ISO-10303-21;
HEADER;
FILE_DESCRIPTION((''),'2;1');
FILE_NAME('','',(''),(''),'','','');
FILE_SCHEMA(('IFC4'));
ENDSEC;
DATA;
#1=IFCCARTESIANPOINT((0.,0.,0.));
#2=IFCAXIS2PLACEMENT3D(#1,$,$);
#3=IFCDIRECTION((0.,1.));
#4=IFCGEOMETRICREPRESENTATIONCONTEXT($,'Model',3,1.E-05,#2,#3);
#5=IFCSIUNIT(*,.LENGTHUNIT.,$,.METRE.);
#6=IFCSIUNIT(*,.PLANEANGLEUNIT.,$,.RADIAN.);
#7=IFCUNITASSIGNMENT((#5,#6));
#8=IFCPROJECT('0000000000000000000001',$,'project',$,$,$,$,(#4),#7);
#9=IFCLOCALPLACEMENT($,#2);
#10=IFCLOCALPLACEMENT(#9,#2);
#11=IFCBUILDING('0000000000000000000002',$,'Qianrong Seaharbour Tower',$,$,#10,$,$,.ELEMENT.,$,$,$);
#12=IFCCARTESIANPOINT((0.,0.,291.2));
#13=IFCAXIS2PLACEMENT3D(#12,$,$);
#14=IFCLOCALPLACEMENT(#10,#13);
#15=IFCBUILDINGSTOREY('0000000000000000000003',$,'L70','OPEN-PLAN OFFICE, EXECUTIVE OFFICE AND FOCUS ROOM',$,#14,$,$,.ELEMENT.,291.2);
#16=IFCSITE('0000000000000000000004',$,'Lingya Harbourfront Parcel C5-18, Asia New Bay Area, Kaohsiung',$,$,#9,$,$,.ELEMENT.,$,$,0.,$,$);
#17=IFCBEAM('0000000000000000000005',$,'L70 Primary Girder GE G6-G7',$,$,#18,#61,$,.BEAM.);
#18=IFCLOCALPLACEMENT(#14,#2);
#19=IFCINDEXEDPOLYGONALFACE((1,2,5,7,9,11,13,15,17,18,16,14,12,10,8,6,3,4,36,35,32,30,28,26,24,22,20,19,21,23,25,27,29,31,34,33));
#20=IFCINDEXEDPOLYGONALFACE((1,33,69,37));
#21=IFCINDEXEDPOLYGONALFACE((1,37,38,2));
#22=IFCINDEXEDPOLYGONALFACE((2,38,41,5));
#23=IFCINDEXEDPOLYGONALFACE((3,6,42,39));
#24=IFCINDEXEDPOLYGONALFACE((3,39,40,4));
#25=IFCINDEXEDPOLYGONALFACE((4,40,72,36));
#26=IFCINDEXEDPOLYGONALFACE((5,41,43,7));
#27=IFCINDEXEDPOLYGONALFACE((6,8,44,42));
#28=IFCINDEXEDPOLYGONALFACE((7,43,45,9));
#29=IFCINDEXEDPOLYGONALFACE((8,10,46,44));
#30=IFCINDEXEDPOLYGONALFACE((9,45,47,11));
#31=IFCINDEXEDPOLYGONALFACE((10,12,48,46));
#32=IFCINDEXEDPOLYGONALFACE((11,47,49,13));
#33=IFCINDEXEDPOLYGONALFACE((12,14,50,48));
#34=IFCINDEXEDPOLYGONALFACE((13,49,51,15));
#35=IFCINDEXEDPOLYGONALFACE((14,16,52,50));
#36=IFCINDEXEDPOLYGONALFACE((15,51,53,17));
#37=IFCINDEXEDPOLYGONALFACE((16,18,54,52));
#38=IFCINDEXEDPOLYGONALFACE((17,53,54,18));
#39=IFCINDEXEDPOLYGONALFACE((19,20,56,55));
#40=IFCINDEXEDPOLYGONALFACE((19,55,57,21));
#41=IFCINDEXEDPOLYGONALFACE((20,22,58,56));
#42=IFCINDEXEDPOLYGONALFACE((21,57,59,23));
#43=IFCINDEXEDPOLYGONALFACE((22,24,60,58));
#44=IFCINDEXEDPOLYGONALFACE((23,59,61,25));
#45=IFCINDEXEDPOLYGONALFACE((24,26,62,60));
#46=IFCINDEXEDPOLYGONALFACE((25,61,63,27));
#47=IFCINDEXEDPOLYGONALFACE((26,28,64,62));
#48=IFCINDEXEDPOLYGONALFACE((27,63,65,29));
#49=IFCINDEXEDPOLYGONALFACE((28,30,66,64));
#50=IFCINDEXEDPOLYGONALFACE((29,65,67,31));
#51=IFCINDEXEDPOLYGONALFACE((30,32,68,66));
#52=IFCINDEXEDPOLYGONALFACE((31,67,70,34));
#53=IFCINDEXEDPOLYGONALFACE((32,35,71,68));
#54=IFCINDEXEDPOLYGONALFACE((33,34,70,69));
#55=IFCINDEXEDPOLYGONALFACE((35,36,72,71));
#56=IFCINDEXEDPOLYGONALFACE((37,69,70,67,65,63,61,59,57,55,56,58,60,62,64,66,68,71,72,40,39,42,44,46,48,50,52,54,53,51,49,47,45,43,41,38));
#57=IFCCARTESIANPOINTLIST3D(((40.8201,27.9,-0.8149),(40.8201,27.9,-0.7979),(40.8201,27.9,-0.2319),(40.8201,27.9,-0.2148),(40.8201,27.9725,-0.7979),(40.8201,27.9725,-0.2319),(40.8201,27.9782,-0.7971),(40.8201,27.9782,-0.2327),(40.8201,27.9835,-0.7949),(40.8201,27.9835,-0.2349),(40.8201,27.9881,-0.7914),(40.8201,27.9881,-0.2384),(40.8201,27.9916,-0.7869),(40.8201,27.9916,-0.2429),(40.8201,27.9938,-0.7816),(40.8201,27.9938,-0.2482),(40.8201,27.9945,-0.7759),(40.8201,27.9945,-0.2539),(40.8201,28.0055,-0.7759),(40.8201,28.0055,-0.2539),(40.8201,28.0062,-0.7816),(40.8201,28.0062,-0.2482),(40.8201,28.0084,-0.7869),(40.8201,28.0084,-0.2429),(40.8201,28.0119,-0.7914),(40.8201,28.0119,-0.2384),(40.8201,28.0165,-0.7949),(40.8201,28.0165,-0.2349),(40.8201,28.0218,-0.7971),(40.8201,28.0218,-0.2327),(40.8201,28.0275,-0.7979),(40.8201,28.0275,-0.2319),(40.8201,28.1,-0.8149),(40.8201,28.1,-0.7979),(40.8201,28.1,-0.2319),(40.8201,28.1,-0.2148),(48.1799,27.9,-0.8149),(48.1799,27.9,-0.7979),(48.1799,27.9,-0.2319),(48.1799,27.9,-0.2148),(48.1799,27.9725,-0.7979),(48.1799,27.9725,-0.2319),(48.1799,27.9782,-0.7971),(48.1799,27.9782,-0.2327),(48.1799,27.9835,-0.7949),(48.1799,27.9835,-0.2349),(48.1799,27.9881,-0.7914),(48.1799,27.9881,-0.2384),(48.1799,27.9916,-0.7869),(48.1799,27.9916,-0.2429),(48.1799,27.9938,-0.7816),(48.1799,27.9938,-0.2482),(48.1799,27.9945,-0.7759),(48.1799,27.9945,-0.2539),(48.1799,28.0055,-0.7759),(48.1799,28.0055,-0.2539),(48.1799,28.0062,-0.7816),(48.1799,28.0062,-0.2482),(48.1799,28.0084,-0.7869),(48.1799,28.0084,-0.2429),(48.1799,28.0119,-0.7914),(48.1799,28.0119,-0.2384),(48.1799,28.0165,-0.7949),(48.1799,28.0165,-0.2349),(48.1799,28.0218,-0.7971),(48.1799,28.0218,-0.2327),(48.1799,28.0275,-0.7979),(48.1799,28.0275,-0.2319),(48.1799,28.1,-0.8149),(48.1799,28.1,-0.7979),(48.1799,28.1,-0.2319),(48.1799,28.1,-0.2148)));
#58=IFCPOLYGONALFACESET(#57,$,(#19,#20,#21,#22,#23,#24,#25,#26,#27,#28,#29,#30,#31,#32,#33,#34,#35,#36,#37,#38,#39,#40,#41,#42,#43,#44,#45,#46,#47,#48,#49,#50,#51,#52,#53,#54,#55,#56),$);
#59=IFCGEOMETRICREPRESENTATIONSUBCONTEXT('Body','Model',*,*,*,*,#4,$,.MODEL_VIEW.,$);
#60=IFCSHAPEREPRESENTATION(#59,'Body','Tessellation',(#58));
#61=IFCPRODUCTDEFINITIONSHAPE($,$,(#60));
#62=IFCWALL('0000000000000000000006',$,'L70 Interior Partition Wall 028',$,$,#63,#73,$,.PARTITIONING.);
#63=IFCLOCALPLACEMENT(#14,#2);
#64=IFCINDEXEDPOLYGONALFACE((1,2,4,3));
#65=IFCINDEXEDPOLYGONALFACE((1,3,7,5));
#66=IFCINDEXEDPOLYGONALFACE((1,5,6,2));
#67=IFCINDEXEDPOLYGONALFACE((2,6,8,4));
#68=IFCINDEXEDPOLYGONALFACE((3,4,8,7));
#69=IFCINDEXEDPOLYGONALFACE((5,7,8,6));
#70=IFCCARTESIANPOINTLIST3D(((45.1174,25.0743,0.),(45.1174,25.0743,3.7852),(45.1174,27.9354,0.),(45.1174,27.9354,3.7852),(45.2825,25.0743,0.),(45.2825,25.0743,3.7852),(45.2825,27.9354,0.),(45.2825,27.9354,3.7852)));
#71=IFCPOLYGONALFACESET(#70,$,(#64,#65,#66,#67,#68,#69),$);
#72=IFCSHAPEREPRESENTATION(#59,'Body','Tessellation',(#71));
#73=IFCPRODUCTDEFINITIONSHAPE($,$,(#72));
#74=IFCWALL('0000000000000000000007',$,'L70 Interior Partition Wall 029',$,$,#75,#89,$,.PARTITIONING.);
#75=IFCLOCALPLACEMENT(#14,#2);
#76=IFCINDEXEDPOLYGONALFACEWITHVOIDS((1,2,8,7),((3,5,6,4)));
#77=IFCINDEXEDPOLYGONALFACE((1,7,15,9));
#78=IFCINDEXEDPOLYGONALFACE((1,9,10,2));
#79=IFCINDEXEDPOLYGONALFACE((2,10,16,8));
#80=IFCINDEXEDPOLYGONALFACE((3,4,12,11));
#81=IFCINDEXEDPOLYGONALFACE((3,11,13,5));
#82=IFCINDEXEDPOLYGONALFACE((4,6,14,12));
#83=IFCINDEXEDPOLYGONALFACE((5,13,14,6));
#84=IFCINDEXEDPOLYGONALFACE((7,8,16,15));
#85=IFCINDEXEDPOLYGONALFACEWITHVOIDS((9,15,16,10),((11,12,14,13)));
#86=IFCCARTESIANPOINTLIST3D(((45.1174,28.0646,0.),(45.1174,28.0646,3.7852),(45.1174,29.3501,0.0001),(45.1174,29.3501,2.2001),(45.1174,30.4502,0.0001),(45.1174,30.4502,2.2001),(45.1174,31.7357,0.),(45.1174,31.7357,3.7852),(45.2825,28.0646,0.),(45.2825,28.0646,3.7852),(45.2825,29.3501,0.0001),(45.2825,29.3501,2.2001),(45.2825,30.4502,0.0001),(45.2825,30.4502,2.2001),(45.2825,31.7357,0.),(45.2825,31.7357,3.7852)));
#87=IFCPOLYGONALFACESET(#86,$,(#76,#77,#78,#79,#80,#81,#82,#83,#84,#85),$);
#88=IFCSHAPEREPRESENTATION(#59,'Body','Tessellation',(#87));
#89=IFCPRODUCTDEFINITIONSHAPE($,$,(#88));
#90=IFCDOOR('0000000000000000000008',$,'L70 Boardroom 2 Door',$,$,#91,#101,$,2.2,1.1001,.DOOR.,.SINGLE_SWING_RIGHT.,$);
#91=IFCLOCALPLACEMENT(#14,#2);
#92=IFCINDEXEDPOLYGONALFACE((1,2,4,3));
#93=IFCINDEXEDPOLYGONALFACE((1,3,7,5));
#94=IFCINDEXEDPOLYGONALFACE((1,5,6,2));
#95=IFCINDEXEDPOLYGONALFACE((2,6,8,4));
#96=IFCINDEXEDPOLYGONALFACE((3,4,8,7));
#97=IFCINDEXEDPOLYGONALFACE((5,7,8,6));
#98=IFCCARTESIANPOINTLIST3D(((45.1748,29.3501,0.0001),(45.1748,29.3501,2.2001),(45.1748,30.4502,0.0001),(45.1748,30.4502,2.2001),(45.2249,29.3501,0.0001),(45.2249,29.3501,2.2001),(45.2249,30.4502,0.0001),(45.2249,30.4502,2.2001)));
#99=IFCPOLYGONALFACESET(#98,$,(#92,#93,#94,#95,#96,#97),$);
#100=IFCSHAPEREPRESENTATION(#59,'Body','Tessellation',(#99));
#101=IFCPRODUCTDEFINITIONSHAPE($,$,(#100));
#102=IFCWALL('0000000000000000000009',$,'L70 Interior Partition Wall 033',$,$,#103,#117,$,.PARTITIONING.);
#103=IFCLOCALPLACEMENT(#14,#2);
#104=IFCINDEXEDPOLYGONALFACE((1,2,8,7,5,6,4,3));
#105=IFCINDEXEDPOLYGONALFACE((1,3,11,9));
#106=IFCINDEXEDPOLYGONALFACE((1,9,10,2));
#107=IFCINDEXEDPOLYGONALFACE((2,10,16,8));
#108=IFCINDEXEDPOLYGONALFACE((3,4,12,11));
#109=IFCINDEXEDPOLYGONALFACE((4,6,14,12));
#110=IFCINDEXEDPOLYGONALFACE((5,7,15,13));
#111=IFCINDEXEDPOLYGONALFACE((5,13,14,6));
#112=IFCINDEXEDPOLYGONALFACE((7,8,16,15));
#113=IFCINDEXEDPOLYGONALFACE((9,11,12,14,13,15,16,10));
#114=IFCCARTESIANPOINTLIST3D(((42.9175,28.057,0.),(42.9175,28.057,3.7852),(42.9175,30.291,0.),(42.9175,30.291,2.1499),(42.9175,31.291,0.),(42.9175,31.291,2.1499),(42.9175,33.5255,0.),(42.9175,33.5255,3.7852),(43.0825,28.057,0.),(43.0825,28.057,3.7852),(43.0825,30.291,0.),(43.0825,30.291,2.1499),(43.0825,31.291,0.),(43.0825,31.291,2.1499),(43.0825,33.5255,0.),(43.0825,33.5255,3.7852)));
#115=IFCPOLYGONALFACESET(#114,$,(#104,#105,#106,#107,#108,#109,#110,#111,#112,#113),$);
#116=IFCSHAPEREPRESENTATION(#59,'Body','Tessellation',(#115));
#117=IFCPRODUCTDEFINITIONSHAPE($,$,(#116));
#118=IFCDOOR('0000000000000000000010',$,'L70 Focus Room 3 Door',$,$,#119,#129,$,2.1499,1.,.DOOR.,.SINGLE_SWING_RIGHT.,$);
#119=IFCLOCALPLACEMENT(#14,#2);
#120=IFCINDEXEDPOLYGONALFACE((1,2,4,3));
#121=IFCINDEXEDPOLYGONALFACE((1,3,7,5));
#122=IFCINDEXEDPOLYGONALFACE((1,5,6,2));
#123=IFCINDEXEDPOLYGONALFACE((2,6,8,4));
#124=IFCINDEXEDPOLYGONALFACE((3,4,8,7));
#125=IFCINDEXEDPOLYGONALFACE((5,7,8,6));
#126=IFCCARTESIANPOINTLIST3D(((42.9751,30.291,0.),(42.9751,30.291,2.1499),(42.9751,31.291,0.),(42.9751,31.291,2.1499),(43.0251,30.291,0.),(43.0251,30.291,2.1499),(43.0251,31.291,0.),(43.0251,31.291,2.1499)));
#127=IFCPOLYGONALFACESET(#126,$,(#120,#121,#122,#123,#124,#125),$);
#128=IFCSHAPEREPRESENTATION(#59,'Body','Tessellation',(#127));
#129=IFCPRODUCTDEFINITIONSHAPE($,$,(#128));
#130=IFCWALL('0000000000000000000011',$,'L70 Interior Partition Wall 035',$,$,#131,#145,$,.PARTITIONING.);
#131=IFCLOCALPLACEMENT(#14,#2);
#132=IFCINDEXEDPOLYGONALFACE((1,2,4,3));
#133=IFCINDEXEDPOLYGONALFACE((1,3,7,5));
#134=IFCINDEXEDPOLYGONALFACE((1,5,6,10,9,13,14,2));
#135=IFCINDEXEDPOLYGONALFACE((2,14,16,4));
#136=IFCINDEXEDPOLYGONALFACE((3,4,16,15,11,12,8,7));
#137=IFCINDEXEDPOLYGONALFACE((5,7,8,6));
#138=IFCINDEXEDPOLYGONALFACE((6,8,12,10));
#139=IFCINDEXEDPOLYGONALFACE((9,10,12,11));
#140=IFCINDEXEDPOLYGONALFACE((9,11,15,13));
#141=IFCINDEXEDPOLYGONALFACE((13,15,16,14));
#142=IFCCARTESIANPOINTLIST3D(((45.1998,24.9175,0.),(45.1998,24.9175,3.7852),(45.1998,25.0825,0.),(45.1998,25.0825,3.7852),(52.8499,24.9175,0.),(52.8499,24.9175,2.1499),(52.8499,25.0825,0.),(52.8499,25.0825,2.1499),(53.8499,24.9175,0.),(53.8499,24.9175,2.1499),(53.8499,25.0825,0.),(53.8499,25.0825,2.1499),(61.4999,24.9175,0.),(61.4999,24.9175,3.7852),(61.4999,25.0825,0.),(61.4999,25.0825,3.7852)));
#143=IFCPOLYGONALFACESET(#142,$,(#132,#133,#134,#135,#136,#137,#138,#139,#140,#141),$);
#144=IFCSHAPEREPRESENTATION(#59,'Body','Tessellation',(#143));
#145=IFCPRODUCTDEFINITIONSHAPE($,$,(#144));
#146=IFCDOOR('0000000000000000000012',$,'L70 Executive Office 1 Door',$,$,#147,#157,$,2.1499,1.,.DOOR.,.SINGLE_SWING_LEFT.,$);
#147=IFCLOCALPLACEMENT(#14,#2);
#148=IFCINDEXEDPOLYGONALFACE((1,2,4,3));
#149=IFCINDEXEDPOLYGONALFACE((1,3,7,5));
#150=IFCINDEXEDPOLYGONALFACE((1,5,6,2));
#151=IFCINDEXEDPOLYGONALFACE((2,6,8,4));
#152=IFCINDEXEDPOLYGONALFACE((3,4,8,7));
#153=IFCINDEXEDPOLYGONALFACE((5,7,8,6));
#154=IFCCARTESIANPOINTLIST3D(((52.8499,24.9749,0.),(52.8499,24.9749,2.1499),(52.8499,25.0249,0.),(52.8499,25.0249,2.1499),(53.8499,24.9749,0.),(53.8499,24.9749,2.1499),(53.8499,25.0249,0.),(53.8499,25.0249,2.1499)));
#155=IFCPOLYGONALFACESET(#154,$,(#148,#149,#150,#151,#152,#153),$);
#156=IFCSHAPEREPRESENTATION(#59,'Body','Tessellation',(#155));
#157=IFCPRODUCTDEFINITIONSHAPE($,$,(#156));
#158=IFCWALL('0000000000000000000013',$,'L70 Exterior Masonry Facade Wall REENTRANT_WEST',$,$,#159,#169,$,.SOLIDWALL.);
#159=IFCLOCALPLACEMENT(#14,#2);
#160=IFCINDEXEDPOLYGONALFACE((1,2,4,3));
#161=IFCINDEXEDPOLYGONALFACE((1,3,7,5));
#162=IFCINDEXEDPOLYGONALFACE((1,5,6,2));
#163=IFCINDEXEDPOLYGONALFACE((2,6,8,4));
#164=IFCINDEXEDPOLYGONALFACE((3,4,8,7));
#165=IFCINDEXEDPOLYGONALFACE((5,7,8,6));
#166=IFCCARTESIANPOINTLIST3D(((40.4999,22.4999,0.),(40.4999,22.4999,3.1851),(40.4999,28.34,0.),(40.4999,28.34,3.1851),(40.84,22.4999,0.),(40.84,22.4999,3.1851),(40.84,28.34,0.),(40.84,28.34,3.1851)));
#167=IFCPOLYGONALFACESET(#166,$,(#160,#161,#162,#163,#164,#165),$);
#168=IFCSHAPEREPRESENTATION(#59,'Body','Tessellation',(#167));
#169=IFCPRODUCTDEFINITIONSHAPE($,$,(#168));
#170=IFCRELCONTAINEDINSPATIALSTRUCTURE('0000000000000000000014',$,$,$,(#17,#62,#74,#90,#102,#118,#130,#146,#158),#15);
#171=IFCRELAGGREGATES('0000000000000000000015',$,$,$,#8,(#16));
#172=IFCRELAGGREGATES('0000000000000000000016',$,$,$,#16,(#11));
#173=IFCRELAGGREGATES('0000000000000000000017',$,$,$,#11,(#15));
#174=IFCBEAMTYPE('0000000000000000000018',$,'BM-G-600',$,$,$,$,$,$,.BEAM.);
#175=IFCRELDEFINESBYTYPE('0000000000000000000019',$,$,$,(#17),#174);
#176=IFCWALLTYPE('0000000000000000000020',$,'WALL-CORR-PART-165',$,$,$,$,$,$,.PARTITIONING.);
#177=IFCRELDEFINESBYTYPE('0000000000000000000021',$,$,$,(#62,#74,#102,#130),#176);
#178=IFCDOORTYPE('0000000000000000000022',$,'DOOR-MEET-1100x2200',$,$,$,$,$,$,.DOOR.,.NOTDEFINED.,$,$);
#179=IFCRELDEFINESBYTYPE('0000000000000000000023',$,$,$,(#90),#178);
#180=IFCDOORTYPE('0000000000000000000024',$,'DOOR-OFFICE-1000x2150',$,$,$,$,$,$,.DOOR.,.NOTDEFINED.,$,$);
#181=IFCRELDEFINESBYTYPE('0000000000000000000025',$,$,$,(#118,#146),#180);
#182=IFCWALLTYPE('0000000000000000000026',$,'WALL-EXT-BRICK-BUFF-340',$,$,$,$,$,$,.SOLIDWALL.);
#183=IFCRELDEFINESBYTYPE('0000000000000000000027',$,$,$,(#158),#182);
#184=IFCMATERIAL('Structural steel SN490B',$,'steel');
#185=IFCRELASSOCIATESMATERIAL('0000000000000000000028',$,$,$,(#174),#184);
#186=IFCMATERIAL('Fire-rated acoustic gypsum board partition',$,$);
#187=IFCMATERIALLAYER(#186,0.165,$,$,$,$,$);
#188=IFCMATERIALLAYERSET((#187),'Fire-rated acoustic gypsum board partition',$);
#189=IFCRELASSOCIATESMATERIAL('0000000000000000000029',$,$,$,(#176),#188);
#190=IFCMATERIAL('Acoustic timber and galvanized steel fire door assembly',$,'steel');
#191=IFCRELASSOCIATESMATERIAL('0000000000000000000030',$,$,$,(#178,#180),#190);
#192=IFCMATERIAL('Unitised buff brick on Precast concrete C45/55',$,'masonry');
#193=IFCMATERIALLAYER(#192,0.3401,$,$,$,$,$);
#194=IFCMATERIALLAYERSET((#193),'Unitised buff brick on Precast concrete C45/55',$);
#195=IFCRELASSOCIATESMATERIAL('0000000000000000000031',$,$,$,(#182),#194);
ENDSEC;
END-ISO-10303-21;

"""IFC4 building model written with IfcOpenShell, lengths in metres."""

from ifc_helpers import new_model, si_unit, direction, frame, frame_2d, origin, origin_2d, place, context, subcontext, project, spatial, rectangle, i_section, extrude, material, layer, layer_set, material_profile, profile_set, type_object, element, fill, save


model = new_model("IFC4")

# Units and contexts
model_context = context("Model", 3, precision=1e-05, world=origin(), true_north=direction((0.0, 1.0)))
body_context = subcontext(model_context, "Body", "Model", "MODEL_VIEW")
ifc_project = project(units=[si_unit("LENGTHUNIT", "METRE"), si_unit("PLANEANGLEUNIT", "RADIAN")], contexts=[model_context])

# Site, building, storey
site_placement = place(None, origin())
site = spatial("IfcSite", under=ifc_project, at=site_placement, Name="Lingya Harbourfront Parcel C5-18, Asia New Bay Area, Kaohsiung", CompositionType="ELEMENT", RefElevation=0.0)
building_placement = place(site_placement, origin())
building = spatial("IfcBuilding", under=site, at=building_placement, Name="Qianrong Seaharbour Tower", CompositionType="ELEMENT")
storey_placement = place(building_placement, frame((0.0, 0.0, 291.2)))
storey = spatial("IfcBuildingStorey", under=building, at=storey_placement, Name="L70", Description="OPEN-PLAN OFFICE, EXECUTIVE OFFICE AND FOCUS ROOM", CompositionType="ELEMENT", Elevation=291.2)

# Beam
ifc_material_1 = material(Name="Structural steel SN490B", Category="steel")
ifc_material_profile = material_profile(ifc_material_1, i_section(OverallWidth=0.2, OverallDepth=0.6001, WebThickness=0.011, FlangeThickness=0.0171, FilletRadius=0.022, at=origin_2d()), Name="H600x200x11x17")
ifc_profile_set = profile_set([ifc_material_profile], Name="Structural steel SN490B")
beam_type = type_object("IfcBeamType", Name="BM-G-600", PredefinedType="BEAM", material=ifc_profile_set)
beam_placement = place(storey_placement, frame((40.8201, 28.0, -0.5149), z_axis=(1.0, 0.0, 0.0), x_axis=(0.0, 1.0, 0.0)))
element("IfcBeam", 1, at=beam_placement, inside=storey, type_object=beam_type, Name="L70 Primary Girder GE G6-G7", PredefinedType="BEAM", context=body_context, shape_type="SweptSolid", body=[
    extrude(i_section(OverallWidth=0.2, OverallDepth=0.6001, WebThickness=0.011, FlangeThickness=0.0171, FilletRadius=0.022, at=origin_2d()), origin(), (0.0, 0.0, 1.0), 7.3599),
])

# Wall
ifc_material_2 = material(Name="Fire-rated acoustic gypsum board partition")
ifc_layer_1 = layer(ifc_material_2, 0.165)
ifc_layer_set_1 = layer_set([ifc_layer_1], Name="Fire-rated acoustic gypsum board partition")
wall_type_1 = type_object("IfcWallType", Name="WALL-CORR-PART-165", PredefinedType="PARTITIONING", material=ifc_layer_set_1)
wall_1_placement = place(storey_placement, frame((45.2, 27.9355, 0.0), z_axis=(0.0, 0.0, 1.0), x_axis=(0.0, -1.0, 0.0)))
element("IfcWall", 2, at=wall_1_placement, inside=storey, type_object=wall_type_1, Name="L70 Interior Partition Wall 028", PredefinedType="PARTITIONING", context=body_context, shape_type="SweptSolid", body=[
    extrude(rectangle(XDim=2.8611, YDim=0.165, at=frame_2d((1.4307, 0.0))), origin(), (0.0, 0.0, 1.0), 3.7852),
])

# Walls, openings, doors
wall_2_placement = place(storey_placement, frame((45.2, 31.7356, 0.0), z_axis=(0.0, 0.0, 1.0), x_axis=(0.0, -1.0, 0.0)))
wall_2 = element("IfcWall", 3, at=wall_2_placement, inside=storey, type_object=wall_type_1, Name="L70 Interior Partition Wall 029", PredefinedType="PARTITIONING", context=body_context, shape_type="SweptSolid", body=[
    extrude(rectangle(XDim=3.6711, YDim=0.165, at=frame_2d((1.8354, 0.0))), origin(), (0.0, 0.0, 1.0), 3.7852),
])
opening_1_placement = place(wall_2_placement, frame((1.2854, 0.0, 0.0)))
opening_1 = element("IfcOpeningElement", 4, at=opening_1_placement, cuts=wall_2, PredefinedType="OPENING", context=body_context, shape_type="SweptSolid", body=[
    extrude(rectangle(XDim=1.1001, YDim=2.2, at=frame_2d((0.55, 1.1001))), frame((0.0, 0.0925, 0.0), z_axis=(0.0, -1.0, 0.0), x_axis=(1.0, 0.0, 0.0)), (0.0, 0.0, 1.0), 0.1851),
])
ifc_material_3 = material(Name="Acoustic timber and galvanized steel fire door assembly", Category="steel")
door_type_1 = type_object("IfcDoorType", Name="DOOR-MEET-1100x2200", OperationType="NOTDEFINED", PredefinedType="DOOR", material=ifc_material_3)
door_1_placement = place(opening_1_placement, origin())
door_1 = element("IfcDoor", 5, at=door_1_placement, inside=storey, type_object=door_type_1, Name="L70 Boardroom 2 Door", OperationType="SINGLE_SWING_RIGHT", OverallHeight=2.2, OverallWidth=1.1001, PredefinedType="DOOR", context=body_context, shape_type="SweptSolid", body=[
    extrude(rectangle(XDim=1.1001, YDim=2.2, at=frame_2d((0.55, 1.1001))), frame((0.0, 0.0249, 0.0), z_axis=(0.0, -1.0, 0.0), x_axis=(1.0, 0.0, 0.0)), (0.0, 0.0, 1.0), 0.05),
])
fill(opening_1, door_1)
door_type_2 = type_object("IfcDoorType", Name="DOOR-OFFICE-1000x2150", OperationType="NOTDEFINED", PredefinedType="DOOR", material=ifc_material_3)
wall_3_placement = place(storey_placement, frame((43.0, 28.0569, 0.0), z_axis=(0.0, 0.0, 1.0), x_axis=(0.0, 1.0, 0.0)))
wall_3 = element("IfcWall", 6, at=wall_3_placement, inside=storey, type_object=wall_type_1, Name="L70 Interior Partition Wall 033", PredefinedType="PARTITIONING", context=body_context, shape_type="SweptSolid", body=[
    extrude(rectangle(XDim=5.4685, YDim=0.165, at=frame_2d((2.7344, 0.0))), origin(), (0.0, 0.0, 1.0), 3.7852),
])
opening_2_placement = place(wall_3_placement, frame((2.2341, 0.0, 0.0)))
opening_2 = element("IfcOpeningElement", 7, at=opening_2_placement, cuts=wall_3, PredefinedType="OPENING", context=body_context, shape_type="SweptSolid", body=[
    extrude(rectangle(XDim=1.0, YDim=2.1499, at=frame_2d((0.5, 1.075))), frame((0.0, 0.0925, 0.0), z_axis=(0.0, -1.0, 0.0), x_axis=(1.0, 0.0, 0.0)), (0.0, 0.0, 1.0), 0.1851),
])
door_2_placement = place(opening_2_placement, origin())
door_2 = element("IfcDoor", 8, at=door_2_placement, inside=storey, type_object=door_type_2, Name="L70 Focus Room 3 Door", OperationType="SINGLE_SWING_RIGHT", OverallHeight=2.1499, OverallWidth=1.0, PredefinedType="DOOR", context=body_context, shape_type="SweptSolid", body=[
    extrude(rectangle(XDim=1.0, YDim=2.1499, at=frame_2d((0.5, 1.075))), frame((0.0, 0.0249, 0.0), z_axis=(0.0, -1.0, 0.0), x_axis=(1.0, 0.0, 0.0)), (0.0, 0.0, 1.0), 0.05),
])
fill(opening_2, door_2)
wall_4_placement = place(storey_placement, frame((45.2, 25.0, 0.0), z_axis=(0.0, 0.0, 1.0), x_axis=(1.0, 0.0, 0.0)))
wall_4 = element("IfcWall", 9, at=wall_4_placement, inside=storey, type_object=wall_type_1, Name="L70 Interior Partition Wall 035", PredefinedType="PARTITIONING", context=body_context, shape_type="SweptSolid", body=[
    extrude(rectangle(XDim=16.3, YDim=0.165, at=frame_2d((8.1499, 0.0))), origin(), (0.0, 0.0, 1.0), 3.7852),
])
opening_3_placement = place(wall_4_placement, frame((7.6499, 0.0, 0.0)))
opening_3 = element("IfcOpeningElement", 10, at=opening_3_placement, cuts=wall_4, PredefinedType="OPENING", context=body_context, shape_type="SweptSolid", body=[
    extrude(rectangle(XDim=1.0, YDim=2.1499, at=frame_2d((0.5, 1.075))), frame((0.0, 0.0925, 0.0), z_axis=(0.0, -1.0, 0.0), x_axis=(1.0, 0.0, 0.0)), (0.0, 0.0, 1.0), 0.1851),
])
door_3_placement = place(opening_3_placement, origin())
door_3 = element("IfcDoor", 11, at=door_3_placement, inside=storey, type_object=door_type_2, Name="L70 Executive Office 1 Door", OperationType="SINGLE_SWING_LEFT", OverallHeight=2.1499, OverallWidth=1.0, PredefinedType="DOOR", context=body_context, shape_type="SweptSolid", body=[
    extrude(rectangle(XDim=1.0, YDim=2.1499, at=frame_2d((0.5, 1.075))), frame((0.0, 0.0249, 0.0), z_axis=(0.0, -1.0, 0.0), x_axis=(1.0, 0.0, 0.0)), (0.0, 0.0, 1.0), 0.05),
])
fill(opening_3, door_3)

# Wall
ifc_material_4 = material(Name="Unitised buff brick on Precast concrete C45/55", Category="masonry")
ifc_layer_2 = layer(ifc_material_4, 0.3401)
ifc_layer_set_2 = layer_set([ifc_layer_2], Name="Unitised buff brick on Precast concrete C45/55")
wall_type_2 = type_object("IfcWallType", Name="WALL-EXT-BRICK-BUFF-340", PredefinedType="SOLIDWALL", material=ifc_layer_set_2)
wall_5_placement = place(storey_placement, frame((40.6699, 22.5, 0.0), z_axis=(0.0, 0.0, 1.0), x_axis=(0.0, 1.0, 0.0)))
element("IfcWall", 12, at=wall_5_placement, inside=storey, type_object=wall_type_2, Name="L70 Exterior Masonry Facade Wall REENTRANT_WEST", PredefinedType="SOLIDWALL", context=body_context, shape_type="SweptSolid", body=[
    extrude(rectangle(XDim=5.8401, YDim=0.3401, at=frame_2d((2.9199, 0.0))), origin(), (0.0, 0.0, 1.0), 3.1851),
])

save(model, "model.ifc")
